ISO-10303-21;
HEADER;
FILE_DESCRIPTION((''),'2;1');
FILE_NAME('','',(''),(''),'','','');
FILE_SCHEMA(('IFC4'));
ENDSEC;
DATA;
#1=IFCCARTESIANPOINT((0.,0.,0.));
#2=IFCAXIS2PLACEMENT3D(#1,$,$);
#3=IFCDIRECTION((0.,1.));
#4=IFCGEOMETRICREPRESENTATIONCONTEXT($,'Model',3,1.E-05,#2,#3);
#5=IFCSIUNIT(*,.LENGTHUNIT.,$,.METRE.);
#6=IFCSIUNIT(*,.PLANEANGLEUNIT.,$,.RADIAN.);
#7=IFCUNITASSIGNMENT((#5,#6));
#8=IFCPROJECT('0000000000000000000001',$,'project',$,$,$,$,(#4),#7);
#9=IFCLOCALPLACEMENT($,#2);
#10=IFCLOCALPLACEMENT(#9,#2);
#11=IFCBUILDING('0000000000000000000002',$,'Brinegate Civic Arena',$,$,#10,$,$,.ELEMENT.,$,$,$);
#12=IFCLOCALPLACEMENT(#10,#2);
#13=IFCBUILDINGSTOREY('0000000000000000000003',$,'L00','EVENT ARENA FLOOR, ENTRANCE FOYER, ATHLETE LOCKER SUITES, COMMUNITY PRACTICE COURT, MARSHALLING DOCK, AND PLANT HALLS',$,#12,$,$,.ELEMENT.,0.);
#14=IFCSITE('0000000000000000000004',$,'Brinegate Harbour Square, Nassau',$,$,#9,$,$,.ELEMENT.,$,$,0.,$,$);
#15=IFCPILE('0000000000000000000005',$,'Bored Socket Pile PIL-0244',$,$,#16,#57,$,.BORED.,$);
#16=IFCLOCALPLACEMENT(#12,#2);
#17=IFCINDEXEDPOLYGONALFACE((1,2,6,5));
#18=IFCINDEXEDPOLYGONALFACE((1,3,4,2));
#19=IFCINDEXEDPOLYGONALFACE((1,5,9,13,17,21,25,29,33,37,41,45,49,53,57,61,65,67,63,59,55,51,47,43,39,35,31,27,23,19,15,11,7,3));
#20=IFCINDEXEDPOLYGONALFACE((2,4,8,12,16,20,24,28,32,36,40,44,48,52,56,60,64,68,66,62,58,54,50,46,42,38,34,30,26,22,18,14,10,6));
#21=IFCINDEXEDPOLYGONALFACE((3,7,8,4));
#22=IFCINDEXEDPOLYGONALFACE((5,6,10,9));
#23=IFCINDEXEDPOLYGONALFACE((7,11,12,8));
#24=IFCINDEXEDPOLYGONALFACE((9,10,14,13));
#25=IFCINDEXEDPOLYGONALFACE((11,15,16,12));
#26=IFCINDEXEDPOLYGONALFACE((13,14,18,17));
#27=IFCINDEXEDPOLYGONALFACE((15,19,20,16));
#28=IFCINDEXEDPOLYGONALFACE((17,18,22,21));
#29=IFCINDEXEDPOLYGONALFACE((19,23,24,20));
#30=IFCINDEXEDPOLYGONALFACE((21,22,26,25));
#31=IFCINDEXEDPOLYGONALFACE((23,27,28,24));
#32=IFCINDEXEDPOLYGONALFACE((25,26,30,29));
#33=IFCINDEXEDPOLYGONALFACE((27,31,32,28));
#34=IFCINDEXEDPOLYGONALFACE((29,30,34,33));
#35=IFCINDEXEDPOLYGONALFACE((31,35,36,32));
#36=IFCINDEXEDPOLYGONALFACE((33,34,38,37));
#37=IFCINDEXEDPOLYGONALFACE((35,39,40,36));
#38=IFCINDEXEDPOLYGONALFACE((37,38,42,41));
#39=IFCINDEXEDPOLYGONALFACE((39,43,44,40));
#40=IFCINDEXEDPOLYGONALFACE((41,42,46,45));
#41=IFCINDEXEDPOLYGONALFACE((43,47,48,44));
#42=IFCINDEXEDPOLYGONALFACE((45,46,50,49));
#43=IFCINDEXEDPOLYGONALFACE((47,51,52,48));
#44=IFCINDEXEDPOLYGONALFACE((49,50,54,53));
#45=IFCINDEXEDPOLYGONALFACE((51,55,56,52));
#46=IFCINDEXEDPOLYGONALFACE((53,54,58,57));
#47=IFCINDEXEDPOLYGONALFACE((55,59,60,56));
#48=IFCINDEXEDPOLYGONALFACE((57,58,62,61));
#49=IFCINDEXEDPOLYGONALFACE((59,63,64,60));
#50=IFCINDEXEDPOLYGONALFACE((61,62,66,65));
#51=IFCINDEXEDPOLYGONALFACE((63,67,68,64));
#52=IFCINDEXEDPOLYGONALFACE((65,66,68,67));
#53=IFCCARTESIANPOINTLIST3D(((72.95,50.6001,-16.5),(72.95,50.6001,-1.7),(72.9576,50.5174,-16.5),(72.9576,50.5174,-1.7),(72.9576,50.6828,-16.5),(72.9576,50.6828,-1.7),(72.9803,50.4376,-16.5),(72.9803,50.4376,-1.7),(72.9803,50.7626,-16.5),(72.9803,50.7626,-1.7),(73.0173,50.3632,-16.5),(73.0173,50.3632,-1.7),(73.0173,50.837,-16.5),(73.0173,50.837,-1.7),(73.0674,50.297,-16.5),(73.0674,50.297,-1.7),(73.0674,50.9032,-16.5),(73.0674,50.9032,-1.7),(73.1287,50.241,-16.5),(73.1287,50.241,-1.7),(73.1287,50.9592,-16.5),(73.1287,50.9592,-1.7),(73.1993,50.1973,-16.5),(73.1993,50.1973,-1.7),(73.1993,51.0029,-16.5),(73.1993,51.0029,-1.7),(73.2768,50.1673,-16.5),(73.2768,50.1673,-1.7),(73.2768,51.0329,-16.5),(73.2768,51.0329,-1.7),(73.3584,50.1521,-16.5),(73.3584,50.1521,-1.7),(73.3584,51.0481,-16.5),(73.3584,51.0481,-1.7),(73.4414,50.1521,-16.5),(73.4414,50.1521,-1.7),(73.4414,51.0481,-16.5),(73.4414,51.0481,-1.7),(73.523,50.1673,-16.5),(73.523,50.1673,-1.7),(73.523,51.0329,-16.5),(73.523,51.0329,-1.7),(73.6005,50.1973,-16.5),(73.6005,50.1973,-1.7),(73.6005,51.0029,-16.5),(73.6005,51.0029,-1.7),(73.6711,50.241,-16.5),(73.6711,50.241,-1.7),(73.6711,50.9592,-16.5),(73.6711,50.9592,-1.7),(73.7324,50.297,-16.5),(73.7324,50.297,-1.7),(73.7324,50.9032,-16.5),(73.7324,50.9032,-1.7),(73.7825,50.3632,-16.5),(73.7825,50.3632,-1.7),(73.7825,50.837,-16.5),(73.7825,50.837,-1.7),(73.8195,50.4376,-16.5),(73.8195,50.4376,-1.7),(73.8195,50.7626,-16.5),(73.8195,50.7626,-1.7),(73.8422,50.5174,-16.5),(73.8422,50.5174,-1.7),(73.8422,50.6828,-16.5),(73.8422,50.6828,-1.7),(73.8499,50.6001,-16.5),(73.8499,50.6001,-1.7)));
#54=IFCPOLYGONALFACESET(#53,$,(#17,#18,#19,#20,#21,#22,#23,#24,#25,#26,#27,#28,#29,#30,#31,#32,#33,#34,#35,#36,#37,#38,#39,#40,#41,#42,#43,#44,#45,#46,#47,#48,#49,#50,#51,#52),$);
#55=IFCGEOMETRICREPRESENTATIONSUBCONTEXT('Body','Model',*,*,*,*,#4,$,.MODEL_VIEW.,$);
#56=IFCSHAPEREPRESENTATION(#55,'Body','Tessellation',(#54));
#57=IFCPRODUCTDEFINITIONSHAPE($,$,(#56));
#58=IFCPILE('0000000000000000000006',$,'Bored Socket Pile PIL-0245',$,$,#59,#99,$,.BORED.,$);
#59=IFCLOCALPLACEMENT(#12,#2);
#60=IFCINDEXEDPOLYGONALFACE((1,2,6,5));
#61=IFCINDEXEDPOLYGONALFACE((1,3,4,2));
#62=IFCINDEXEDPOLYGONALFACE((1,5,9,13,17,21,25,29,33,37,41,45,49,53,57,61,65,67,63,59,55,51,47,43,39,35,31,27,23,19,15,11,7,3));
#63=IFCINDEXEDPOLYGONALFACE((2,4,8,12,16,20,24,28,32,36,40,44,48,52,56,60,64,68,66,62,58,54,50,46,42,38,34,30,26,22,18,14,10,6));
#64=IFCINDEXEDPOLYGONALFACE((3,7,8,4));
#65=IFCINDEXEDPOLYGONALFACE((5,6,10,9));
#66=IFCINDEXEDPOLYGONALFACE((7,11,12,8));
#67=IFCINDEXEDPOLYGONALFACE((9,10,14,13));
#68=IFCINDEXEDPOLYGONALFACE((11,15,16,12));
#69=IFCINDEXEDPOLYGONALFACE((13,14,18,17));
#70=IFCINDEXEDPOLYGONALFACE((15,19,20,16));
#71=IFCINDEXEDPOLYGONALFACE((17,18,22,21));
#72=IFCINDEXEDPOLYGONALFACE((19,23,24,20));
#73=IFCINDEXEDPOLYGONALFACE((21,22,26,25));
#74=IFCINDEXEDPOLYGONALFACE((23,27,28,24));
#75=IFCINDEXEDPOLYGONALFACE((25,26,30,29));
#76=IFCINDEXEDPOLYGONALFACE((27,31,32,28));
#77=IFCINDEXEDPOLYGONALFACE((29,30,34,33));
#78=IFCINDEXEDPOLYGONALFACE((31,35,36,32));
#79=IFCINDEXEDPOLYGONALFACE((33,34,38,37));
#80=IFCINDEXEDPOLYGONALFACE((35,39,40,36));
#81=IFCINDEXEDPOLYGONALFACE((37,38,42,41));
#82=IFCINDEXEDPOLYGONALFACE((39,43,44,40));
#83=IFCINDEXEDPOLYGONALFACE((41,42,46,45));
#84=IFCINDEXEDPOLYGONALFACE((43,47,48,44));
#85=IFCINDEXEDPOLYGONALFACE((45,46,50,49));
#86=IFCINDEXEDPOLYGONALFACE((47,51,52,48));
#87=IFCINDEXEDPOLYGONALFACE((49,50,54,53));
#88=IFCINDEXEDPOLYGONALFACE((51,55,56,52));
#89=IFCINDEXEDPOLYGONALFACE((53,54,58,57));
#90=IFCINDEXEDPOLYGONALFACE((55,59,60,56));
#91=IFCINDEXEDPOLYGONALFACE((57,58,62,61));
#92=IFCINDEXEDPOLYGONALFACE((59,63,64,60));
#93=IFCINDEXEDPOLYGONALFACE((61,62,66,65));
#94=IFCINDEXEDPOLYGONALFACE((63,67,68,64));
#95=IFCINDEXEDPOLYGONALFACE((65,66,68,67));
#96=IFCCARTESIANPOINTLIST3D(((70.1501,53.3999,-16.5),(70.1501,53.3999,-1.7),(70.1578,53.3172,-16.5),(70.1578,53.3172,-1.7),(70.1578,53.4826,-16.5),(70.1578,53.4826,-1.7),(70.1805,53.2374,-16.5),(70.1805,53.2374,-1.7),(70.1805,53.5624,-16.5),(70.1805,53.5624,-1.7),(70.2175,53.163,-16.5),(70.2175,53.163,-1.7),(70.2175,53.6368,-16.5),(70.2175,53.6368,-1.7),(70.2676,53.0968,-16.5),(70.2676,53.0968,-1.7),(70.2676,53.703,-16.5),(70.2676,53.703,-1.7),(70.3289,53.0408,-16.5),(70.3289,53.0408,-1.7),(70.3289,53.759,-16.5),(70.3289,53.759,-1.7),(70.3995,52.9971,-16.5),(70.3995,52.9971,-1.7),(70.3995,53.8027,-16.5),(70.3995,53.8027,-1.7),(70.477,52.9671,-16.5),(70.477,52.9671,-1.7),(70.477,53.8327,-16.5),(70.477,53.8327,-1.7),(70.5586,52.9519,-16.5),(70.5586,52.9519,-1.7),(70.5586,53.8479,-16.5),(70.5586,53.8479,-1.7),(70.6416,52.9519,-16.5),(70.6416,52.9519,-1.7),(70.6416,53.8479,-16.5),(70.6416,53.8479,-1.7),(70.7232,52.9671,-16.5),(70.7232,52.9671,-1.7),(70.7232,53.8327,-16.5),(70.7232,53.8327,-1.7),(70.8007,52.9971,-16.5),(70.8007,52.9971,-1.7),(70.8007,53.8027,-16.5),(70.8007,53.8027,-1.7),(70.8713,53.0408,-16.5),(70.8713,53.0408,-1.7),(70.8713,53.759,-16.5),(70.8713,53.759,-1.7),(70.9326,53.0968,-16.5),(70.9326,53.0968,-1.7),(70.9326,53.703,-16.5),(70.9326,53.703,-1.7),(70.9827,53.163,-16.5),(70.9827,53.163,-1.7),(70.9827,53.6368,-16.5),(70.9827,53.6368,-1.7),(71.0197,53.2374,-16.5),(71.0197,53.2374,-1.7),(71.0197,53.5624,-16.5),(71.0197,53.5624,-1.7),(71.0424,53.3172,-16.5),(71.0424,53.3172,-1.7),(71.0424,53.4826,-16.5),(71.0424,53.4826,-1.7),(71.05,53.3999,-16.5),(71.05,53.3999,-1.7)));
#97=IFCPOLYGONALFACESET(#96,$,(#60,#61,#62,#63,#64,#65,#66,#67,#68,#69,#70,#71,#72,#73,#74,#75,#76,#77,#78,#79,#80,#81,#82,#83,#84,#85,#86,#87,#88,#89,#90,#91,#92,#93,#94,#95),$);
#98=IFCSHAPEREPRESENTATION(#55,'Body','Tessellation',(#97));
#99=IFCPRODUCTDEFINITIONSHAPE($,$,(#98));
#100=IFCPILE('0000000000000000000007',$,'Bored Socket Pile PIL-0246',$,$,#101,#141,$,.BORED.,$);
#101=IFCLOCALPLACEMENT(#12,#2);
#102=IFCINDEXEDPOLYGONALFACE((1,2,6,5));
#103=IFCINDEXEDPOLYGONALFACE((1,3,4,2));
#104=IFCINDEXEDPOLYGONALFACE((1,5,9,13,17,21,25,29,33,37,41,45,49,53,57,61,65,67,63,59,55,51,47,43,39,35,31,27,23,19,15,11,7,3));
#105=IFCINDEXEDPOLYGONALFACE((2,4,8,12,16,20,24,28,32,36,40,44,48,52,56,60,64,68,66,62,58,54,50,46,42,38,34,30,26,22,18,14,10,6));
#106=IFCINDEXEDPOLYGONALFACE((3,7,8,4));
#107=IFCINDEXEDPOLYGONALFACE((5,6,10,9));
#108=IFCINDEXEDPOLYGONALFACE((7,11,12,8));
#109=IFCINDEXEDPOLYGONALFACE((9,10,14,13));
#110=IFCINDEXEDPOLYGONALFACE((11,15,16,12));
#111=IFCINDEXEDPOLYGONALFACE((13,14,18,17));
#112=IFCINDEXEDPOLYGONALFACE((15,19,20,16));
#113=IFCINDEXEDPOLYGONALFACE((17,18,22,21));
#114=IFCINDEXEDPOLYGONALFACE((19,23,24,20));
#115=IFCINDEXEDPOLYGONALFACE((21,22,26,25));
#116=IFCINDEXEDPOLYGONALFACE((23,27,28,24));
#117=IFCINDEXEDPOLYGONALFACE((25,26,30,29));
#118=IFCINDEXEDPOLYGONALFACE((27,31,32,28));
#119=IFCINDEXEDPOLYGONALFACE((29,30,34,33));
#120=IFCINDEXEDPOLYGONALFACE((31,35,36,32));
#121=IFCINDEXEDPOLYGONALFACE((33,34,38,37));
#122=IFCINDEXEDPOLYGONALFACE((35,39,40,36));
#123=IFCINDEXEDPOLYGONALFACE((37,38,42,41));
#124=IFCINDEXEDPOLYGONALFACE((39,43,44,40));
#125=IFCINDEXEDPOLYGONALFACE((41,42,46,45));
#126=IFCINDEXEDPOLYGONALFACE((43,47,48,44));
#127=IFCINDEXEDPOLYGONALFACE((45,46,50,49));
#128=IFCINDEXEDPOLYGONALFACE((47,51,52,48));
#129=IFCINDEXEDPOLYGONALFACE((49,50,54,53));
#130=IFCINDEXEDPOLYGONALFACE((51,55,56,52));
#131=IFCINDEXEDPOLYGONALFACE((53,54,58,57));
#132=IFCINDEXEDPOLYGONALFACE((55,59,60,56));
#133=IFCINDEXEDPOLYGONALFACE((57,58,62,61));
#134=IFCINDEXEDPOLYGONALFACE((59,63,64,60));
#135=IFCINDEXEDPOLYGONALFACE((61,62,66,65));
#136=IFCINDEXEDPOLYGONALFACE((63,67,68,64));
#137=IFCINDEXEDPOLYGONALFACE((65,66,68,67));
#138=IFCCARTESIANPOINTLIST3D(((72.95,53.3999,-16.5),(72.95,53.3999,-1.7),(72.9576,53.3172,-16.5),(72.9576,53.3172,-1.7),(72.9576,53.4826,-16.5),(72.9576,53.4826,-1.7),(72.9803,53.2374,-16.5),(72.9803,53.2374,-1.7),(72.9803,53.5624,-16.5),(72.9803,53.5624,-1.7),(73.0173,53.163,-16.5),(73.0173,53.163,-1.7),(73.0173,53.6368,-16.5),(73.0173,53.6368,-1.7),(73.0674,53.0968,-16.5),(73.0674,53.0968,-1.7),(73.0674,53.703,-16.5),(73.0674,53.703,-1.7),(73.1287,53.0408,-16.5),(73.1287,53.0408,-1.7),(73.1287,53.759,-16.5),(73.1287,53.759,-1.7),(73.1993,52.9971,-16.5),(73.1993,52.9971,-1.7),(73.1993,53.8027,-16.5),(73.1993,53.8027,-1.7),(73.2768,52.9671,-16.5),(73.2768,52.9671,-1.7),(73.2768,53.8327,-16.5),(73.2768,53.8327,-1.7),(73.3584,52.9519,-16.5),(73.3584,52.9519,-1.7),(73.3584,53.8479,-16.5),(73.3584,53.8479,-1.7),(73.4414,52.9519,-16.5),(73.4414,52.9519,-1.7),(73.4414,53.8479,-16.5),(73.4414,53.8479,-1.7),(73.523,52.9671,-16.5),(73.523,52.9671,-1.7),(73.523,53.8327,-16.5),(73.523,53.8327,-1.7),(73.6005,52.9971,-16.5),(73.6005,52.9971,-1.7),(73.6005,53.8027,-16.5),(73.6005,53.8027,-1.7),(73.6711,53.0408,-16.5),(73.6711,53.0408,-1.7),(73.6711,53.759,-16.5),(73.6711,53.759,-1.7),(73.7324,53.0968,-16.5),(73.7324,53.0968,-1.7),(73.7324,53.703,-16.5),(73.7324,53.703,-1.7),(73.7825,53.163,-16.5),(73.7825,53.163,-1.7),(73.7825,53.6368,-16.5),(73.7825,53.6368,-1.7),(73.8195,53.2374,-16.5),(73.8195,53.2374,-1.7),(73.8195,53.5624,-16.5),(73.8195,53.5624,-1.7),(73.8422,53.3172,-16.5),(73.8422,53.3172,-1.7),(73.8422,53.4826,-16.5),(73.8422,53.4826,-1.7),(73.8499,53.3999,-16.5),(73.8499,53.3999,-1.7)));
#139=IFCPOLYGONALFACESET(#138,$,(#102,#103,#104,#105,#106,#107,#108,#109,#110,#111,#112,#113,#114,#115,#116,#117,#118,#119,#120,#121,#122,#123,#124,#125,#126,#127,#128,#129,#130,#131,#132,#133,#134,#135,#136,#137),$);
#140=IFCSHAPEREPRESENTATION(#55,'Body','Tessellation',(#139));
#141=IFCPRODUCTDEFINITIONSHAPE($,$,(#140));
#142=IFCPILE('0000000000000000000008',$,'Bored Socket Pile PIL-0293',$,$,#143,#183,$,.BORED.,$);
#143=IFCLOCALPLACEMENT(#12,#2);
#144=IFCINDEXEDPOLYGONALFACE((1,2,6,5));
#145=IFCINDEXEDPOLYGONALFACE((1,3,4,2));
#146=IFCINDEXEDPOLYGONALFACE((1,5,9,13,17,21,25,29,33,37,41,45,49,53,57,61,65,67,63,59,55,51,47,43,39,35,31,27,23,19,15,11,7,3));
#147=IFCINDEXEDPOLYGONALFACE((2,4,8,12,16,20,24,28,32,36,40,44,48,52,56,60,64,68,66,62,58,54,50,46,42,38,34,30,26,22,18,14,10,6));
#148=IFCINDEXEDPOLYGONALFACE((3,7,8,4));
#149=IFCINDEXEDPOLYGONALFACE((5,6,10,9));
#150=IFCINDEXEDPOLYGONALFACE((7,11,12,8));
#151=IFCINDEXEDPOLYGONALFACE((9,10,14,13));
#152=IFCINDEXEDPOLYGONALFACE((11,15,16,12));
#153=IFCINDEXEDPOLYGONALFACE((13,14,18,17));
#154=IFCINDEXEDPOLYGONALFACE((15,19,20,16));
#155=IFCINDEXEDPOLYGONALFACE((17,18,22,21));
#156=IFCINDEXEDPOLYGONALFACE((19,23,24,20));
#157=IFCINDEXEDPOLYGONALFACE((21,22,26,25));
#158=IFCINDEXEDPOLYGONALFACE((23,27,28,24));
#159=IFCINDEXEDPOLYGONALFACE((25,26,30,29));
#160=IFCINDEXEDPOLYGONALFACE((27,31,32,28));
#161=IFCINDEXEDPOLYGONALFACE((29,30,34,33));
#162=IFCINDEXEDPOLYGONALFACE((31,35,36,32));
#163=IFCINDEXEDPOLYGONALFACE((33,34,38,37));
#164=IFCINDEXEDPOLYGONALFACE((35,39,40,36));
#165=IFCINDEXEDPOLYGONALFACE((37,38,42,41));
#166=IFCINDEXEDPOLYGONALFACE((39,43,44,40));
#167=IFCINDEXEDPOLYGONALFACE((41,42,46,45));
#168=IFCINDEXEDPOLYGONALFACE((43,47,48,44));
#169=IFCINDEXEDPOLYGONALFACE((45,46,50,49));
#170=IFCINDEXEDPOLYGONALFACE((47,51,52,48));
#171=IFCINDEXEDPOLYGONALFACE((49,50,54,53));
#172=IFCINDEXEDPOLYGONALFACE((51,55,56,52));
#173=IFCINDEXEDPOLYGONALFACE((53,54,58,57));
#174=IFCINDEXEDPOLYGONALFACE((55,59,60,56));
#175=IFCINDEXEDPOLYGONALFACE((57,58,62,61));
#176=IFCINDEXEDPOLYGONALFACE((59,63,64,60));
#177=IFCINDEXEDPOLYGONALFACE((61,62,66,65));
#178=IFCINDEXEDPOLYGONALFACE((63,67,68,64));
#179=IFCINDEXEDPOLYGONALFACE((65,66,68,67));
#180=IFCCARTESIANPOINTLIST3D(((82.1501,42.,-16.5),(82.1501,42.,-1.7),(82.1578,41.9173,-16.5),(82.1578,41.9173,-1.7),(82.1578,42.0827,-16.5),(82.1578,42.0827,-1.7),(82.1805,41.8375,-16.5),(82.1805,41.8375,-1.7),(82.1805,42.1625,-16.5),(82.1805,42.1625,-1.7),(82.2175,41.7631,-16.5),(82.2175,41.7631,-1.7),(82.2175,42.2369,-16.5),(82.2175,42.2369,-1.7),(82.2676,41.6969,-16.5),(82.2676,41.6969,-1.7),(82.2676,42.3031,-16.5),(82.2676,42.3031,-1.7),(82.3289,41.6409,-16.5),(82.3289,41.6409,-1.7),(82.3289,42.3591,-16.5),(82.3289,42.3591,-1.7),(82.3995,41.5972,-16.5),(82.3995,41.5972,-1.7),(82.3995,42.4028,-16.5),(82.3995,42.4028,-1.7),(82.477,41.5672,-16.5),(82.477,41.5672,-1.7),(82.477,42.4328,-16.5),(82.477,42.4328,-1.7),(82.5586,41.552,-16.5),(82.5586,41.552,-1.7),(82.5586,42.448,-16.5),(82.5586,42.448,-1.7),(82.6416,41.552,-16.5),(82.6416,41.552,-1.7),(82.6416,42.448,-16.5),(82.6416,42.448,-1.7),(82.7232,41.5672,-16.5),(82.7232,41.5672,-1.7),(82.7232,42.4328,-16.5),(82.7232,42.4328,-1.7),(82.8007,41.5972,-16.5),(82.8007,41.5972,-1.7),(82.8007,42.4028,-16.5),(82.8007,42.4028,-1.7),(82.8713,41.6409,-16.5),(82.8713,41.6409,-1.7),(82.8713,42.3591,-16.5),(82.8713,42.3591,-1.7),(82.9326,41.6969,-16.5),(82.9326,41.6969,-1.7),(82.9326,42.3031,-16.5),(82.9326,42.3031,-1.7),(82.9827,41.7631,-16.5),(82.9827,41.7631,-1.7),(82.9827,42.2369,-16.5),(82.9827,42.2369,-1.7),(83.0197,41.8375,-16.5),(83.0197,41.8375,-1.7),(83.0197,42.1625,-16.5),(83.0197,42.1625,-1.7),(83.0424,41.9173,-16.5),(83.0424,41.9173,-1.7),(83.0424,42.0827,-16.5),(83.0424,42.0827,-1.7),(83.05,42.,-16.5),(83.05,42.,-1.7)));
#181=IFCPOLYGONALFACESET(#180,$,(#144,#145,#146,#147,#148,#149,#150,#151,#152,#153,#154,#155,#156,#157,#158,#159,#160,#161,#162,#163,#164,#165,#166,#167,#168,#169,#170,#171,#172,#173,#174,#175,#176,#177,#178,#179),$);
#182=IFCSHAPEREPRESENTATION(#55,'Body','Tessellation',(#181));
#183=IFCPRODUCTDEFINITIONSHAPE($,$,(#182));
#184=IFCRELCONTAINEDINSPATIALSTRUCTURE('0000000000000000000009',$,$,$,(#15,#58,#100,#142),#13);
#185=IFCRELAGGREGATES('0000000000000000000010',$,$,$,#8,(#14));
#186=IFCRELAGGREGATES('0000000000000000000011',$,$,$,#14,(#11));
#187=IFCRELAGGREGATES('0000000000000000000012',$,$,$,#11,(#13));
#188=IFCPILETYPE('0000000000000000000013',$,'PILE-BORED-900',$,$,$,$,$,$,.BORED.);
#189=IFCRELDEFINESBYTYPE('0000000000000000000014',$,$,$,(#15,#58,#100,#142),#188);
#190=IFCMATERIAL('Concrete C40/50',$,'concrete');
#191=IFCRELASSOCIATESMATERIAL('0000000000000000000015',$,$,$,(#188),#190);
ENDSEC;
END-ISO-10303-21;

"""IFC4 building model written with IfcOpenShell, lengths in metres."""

from ifc_helpers import new_model, si_unit, direction, frame, origin, origin_2d, place, context, subcontext, project, spatial, circle, extrude, material, material_profile, profile_set, type_object, element, save


model = new_model("IFC4")

# Units and contexts
model_context = context("Model", 3, precision=1e-05, world=origin(), true_north=direction((0.0, 1.0)))
body_context = subcontext(model_context, "Body", "Model", "MODEL_VIEW")
ifc_project = project(units=[si_unit("LENGTHUNIT", "METRE"), si_unit("PLANEANGLEUNIT", "RADIAN")], contexts=[model_context])

# Site, building, storey
site_placement = place(None, origin())
site = spatial("IfcSite", under=ifc_project, at=site_placement, Name="Brinegate Harbour Square, Nassau", CompositionType="ELEMENT", RefElevation=0.0)
building_placement = place(site_placement, origin())
building = spatial("IfcBuilding", under=site, at=building_placement, Name="Brinegate Civic Arena", CompositionType="ELEMENT")
storey_placement = place(building_placement, origin())
storey = spatial("IfcBuildingStorey", under=building, at=storey_placement, Name="L00", Description="EVENT ARENA FLOOR, ENTRANCE FOYER, ATHLETE LOCKER SUITES, COMMUNITY PRACTICE COURT, MARSHALLING DOCK, AND PLANT HALLS", CompositionType="ELEMENT", Elevation=0.0)

# Shared definitions
ifc_material_1 = material(Name="Concrete C40/50", Category="concrete")

# Piles
ifc_material_profile_1 = material_profile(ifc_material_1, circle(Radius=0.45, at=origin_2d()), Name="PILED900")
ifc_profile_set_1 = profile_set([ifc_material_profile_1], Name="Concrete C40/50")
pile_type_1 = type_object("IfcPileType", Name="PILE-BORED-900", PredefinedType="BORED", material=ifc_profile_set_1)
for number, where, z_axis, x_axis, name in (
    (1, (73.3999, 50.6001, -1.7), (0.0, 0.0, -1.0), (1.0, 0.0, 0.0), "Bored Socket Pile PIL-0244"),
    (2, (70.6001, 53.3999, -1.7), (0.0, 0.0, -1.0), (1.0, 0.0, 0.0), "Bored Socket Pile PIL-0245"),
    (3, (73.3999, 53.3999, -1.7), (0.0, 0.0, -1.0), (1.0, 0.0, 0.0), "Bored Socket Pile PIL-0246"),
    (4, (82.6001, 42.0, -1.7), (0.0, 0.0, -1.0), (1.0, 0.0, 0.0), "Bored Socket Pile PIL-0293"),
):
    element("IfcPile", number, at=place(storey_placement, frame(where, z_axis=z_axis, x_axis=x_axis)), inside=storey, type_object=pile_type_1, Name=name, PredefinedType="BORED", context=body_context, shape_type="SweptSolid", body=[
        extrude(circle(Radius=0.45, at=origin_2d()), origin(), (0.0, 0.0, 1.0), 14.8),
    ])

save(model, "model.ifc")
